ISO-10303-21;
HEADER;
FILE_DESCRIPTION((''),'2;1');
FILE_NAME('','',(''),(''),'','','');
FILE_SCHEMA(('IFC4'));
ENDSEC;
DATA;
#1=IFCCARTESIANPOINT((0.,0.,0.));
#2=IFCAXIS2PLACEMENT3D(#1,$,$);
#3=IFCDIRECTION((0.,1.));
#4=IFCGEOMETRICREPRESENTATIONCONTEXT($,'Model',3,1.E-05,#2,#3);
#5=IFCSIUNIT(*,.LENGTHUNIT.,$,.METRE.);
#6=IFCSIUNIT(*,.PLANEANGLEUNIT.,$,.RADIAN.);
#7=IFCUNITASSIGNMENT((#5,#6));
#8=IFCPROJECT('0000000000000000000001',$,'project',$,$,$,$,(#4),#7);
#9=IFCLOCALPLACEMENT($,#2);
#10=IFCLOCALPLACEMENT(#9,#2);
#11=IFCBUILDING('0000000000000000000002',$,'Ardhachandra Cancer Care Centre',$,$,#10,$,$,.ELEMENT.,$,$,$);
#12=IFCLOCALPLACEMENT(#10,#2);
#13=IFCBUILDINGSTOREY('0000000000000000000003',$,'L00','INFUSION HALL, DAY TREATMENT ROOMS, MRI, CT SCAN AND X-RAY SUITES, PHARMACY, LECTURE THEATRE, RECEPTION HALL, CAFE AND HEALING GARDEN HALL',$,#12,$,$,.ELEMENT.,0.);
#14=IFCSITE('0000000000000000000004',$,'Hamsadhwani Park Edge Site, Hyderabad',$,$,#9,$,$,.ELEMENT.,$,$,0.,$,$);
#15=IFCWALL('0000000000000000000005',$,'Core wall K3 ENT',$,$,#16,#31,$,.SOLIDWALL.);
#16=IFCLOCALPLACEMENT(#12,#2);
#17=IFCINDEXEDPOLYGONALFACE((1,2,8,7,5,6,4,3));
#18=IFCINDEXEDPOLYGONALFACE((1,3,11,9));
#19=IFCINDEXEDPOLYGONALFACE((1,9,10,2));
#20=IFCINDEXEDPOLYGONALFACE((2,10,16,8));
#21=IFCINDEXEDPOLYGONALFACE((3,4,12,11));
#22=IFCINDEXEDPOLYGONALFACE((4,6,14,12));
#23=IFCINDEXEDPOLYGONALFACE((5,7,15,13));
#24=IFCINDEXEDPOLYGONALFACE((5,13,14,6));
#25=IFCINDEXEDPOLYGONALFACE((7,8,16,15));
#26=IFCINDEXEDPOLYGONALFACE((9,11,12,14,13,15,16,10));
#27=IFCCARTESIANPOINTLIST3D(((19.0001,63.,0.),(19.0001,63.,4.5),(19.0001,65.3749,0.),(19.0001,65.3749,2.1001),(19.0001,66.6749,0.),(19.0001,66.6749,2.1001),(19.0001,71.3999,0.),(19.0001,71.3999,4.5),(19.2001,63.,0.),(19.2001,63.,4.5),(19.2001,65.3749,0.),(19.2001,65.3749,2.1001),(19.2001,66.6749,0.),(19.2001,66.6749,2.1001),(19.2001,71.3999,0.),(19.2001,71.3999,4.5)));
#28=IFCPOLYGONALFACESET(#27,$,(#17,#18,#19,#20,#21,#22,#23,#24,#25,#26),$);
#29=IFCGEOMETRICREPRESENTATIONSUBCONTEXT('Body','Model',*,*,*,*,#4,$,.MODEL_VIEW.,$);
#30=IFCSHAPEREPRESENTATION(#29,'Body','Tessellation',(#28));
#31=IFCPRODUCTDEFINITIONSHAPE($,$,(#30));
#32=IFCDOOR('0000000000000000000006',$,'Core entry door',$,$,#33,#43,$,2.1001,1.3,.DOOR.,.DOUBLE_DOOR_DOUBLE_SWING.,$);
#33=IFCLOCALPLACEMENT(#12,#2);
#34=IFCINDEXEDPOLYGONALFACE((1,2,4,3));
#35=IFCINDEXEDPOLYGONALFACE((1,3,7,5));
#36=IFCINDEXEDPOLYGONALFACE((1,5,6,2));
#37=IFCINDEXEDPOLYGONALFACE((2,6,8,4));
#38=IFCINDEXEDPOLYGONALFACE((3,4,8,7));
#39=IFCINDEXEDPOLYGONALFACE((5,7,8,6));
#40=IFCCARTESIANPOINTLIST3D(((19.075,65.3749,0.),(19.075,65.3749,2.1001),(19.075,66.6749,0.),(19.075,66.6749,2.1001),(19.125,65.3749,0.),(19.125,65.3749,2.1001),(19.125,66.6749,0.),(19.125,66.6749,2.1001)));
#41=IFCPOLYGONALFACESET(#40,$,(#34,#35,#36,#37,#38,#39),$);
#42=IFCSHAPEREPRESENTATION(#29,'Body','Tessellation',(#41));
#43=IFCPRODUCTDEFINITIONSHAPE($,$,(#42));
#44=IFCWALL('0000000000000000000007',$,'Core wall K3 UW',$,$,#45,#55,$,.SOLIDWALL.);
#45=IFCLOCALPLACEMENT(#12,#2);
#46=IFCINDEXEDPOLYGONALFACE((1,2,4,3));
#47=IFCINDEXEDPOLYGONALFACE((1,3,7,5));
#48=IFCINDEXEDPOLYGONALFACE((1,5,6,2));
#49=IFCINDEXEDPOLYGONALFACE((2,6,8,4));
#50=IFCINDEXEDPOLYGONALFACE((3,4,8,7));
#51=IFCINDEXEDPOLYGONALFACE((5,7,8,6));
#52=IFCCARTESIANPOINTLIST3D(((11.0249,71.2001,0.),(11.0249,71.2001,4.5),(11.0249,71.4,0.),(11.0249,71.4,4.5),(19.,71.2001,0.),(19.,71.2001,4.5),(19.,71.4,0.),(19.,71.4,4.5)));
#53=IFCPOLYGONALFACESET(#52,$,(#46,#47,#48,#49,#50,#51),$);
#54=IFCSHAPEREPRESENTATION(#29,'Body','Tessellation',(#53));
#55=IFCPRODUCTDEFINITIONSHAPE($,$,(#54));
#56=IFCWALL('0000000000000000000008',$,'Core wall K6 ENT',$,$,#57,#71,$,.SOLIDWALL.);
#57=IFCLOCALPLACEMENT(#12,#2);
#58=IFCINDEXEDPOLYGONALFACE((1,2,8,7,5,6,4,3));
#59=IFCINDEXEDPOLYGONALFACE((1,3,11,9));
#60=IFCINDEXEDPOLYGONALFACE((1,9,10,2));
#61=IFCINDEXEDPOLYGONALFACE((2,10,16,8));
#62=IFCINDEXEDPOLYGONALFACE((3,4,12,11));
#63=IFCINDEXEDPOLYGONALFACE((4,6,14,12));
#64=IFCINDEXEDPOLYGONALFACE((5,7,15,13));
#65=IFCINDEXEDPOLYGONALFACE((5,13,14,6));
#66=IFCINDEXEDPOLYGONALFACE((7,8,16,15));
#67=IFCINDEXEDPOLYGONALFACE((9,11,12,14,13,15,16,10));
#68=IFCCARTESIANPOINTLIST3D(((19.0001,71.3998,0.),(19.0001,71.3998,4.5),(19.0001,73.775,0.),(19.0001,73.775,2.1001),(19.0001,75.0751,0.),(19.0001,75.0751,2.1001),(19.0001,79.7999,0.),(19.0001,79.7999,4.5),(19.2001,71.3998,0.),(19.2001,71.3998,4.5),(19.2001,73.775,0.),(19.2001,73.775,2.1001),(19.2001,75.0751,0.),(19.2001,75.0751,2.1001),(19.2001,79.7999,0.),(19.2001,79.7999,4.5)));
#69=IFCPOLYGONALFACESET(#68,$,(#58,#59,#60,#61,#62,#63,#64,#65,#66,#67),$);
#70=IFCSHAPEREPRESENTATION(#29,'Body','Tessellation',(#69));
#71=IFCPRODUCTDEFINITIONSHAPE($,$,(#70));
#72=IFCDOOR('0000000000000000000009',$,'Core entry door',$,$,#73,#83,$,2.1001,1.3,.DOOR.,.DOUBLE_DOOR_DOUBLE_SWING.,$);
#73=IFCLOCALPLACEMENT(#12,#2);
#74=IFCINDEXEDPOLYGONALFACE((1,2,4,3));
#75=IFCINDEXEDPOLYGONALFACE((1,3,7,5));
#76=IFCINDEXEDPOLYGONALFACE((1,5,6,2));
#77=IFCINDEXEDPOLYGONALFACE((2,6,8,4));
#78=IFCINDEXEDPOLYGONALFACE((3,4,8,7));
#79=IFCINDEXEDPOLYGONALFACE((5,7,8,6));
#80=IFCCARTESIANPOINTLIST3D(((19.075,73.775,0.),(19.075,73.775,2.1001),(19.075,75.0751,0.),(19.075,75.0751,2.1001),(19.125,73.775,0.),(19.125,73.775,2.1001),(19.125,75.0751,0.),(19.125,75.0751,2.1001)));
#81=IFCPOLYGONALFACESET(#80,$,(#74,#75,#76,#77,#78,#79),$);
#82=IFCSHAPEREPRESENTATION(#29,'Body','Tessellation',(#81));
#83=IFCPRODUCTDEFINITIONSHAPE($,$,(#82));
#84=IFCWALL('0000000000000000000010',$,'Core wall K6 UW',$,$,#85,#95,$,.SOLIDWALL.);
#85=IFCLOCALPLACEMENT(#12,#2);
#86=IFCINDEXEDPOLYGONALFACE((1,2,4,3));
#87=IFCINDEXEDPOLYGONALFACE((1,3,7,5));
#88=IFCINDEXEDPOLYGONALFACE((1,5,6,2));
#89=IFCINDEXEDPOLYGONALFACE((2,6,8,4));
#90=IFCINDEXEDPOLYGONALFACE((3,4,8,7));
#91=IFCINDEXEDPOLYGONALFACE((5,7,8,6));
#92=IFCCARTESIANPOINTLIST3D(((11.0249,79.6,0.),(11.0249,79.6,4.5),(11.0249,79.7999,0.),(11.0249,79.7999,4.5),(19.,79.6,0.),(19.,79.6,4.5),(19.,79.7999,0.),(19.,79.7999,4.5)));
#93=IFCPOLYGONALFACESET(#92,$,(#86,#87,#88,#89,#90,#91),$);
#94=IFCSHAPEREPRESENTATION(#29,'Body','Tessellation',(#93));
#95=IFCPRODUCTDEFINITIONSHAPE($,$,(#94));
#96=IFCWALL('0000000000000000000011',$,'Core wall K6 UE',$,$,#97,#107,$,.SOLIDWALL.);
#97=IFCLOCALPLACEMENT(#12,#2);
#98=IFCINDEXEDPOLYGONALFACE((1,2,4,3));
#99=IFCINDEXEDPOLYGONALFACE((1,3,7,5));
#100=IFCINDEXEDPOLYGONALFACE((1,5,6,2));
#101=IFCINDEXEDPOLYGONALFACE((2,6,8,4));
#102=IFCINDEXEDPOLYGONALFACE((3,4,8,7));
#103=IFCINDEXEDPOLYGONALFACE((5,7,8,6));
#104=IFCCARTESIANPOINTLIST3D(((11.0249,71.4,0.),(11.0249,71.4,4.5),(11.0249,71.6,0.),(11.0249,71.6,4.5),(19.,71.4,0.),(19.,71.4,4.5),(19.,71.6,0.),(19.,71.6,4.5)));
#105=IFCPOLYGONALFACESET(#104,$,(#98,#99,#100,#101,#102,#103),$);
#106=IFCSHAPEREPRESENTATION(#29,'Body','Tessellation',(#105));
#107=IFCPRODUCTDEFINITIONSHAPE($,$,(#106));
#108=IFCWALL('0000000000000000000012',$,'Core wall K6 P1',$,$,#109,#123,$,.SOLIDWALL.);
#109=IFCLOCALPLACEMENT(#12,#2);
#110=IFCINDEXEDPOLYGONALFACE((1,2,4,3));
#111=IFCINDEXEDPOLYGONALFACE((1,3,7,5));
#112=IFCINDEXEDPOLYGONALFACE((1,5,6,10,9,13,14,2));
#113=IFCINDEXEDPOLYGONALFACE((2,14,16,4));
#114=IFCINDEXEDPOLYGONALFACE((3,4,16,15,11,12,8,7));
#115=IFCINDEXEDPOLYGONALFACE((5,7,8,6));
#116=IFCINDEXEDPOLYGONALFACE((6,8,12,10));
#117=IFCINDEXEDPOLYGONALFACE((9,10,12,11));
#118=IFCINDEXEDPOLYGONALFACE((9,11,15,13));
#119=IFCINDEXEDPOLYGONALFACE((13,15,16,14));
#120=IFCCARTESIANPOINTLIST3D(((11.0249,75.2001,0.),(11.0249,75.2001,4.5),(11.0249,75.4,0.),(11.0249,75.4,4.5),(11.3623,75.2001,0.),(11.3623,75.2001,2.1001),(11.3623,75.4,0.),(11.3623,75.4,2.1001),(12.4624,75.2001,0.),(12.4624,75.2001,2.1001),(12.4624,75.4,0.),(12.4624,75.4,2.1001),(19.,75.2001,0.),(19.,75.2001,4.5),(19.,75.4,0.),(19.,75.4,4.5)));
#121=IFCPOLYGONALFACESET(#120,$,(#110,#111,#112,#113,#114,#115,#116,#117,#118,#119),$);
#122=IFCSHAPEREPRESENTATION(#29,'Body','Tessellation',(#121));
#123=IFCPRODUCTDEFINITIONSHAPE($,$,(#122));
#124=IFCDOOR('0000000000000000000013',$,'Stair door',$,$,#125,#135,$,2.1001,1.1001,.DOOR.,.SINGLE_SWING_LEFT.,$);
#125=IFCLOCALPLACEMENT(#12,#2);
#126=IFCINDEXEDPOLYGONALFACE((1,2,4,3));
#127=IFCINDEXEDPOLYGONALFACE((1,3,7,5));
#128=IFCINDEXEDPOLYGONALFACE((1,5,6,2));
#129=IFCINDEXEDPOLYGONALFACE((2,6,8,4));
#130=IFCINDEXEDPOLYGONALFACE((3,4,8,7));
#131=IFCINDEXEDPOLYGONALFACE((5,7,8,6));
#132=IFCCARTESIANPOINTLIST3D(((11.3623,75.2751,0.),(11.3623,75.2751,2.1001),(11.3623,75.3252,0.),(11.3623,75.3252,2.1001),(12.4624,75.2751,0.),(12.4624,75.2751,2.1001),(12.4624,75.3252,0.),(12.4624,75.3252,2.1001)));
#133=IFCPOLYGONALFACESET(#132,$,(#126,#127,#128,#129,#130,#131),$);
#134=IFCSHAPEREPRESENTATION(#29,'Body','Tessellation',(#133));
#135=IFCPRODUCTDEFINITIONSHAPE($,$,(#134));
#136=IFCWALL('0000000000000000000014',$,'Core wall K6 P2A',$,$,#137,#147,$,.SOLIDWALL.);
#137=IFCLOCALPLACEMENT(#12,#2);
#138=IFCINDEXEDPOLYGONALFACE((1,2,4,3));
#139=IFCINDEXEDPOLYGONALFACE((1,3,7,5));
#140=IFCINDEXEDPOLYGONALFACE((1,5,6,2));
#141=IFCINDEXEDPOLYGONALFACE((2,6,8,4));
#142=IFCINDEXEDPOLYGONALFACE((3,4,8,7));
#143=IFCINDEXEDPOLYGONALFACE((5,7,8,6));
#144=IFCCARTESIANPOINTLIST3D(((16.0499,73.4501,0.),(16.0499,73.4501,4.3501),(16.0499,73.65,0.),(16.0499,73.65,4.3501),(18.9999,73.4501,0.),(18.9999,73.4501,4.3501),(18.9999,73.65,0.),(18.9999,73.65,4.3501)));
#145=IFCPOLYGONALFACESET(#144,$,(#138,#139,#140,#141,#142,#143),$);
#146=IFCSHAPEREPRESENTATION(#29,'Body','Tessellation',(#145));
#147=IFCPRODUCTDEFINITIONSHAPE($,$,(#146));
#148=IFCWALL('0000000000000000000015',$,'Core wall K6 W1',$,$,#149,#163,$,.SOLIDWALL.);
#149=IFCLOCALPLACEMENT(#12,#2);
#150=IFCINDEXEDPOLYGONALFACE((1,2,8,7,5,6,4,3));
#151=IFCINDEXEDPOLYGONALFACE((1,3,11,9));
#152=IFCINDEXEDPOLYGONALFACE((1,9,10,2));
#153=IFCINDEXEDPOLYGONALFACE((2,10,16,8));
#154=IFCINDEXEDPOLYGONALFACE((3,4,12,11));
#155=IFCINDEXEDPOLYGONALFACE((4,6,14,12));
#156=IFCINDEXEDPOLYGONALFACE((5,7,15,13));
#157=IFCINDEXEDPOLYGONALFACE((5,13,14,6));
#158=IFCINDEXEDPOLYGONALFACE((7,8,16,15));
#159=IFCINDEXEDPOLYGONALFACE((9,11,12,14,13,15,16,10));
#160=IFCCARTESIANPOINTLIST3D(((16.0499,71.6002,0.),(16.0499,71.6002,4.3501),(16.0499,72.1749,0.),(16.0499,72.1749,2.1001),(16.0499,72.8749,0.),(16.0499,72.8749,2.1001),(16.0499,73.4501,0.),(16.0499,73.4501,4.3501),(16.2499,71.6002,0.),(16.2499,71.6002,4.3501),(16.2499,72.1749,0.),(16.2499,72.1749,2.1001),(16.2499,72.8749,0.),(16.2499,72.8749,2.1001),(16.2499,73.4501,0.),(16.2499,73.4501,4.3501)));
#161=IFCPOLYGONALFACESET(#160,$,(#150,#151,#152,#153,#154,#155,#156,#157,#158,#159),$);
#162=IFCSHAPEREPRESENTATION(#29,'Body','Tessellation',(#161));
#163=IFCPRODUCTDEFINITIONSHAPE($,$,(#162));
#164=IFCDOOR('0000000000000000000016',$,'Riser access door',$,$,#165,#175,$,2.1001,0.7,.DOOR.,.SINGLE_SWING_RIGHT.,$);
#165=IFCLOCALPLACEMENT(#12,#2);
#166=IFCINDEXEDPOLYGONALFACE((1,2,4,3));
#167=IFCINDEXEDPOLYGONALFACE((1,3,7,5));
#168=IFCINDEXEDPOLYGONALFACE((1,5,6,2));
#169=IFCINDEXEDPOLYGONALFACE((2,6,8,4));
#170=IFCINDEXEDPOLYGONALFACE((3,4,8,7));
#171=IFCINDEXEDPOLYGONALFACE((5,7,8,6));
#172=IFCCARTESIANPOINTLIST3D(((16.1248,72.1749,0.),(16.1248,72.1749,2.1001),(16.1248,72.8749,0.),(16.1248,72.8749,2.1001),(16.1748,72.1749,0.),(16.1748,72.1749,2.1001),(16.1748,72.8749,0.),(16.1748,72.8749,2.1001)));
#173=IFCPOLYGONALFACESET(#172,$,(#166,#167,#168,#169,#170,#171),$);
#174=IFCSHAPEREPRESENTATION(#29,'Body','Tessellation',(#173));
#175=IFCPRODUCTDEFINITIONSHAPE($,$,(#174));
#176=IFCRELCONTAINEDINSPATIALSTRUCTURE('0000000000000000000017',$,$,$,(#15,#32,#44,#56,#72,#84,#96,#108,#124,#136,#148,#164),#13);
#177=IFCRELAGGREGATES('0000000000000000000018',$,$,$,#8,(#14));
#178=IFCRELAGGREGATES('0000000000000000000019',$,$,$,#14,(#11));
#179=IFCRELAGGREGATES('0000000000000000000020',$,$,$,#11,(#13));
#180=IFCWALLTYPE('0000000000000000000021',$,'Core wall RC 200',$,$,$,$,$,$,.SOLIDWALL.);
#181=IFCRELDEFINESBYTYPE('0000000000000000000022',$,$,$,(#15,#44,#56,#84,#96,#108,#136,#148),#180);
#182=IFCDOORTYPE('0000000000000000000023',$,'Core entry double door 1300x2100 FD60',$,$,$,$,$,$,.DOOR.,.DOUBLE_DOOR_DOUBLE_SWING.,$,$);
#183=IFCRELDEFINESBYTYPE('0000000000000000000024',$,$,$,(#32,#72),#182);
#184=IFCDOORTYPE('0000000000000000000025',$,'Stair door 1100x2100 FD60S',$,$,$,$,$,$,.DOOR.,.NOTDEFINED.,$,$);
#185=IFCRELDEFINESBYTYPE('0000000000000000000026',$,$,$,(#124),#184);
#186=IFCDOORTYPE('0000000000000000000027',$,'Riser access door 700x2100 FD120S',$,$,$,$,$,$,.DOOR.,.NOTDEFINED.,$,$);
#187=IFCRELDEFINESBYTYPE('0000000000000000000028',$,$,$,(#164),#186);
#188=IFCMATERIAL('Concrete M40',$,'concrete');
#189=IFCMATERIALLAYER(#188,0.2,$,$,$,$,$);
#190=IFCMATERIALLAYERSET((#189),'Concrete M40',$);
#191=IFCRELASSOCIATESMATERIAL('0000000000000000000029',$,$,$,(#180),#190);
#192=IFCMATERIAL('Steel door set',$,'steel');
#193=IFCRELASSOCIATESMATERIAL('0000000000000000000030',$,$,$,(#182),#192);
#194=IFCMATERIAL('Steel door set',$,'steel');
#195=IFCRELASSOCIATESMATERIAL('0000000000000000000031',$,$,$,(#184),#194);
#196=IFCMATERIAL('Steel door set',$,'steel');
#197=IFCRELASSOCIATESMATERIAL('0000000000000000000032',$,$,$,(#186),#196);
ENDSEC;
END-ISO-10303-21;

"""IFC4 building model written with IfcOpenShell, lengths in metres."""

from ifc_helpers import new_model, si_unit, direction, frame, frame_2d, origin, place, context, subcontext, project, spatial, rectangle, extrude, material, layer, layer_set, type_object, element, fill, save


model = new_model("IFC4")

# Units and contexts
model_context = context("Model", 3, precision=1e-05, world=origin(), true_north=direction((0.0, 1.0)))
body_context = subcontext(model_context, "Body", "Model", "MODEL_VIEW")
ifc_project = project(units=[si_unit("LENGTHUNIT", "METRE"), si_unit("PLANEANGLEUNIT", "RADIAN")], contexts=[model_context])

# Site, building, storey
site_placement = place(None, origin())
site = spatial("IfcSite", under=ifc_project, at=site_placement, Name="Hamsadhwani Park Edge Site, Hyderabad", CompositionType="ELEMENT", RefElevation=0.0)
building_placement = place(site_placement, origin())
building = spatial("IfcBuilding", under=site, at=building_placement, Name="Ardhachandra Cancer Care Centre", CompositionType="ELEMENT")
storey_placement = place(building_placement, origin())
storey = spatial("IfcBuildingStorey", under=building, at=storey_placement, Name="L00", Description="INFUSION HALL, DAY TREATMENT ROOMS, MRI, CT SCAN AND X-RAY SUITES, PHARMACY, LECTURE THEATRE, RECEPTION HALL, CAFE AND HEALING GARDEN HALL", CompositionType="ELEMENT", Elevation=0.0)

# Wall, opening, door
ifc_material_1 = material(Name="Concrete M40", Category="concrete")
ifc_layer = layer(ifc_material_1, 0.2)
ifc_layer_set = layer_set([ifc_layer], Name="Concrete M40")
wall_type = type_object("IfcWallType", Name="Core wall RC 200", PredefinedType="SOLIDWALL", material=ifc_layer_set)
wall_1_placement = place(storey_placement, frame((19.1001, 71.3999, 0.0), z_axis=(0.0, 0.0, 1.0), x_axis=(0.0, -1.0, 0.0)))
wall_1 = element("IfcWall", 1, at=wall_1_placement, inside=storey, type_object=wall_type, Name="Core wall K3 ENT", PredefinedType="SOLIDWALL", context=body_context, shape_type="SweptSolid", body=[
    extrude(rectangle(XDim=8.3999, YDim=0.2, at=frame_2d((4.2, 0.0))), origin(), (0.0, 0.0, 1.0), 4.5),
])
opening_1_placement = place(wall_1_placement, frame((4.7251, 0.0, 0.0)))
opening_1 = element("IfcOpeningElement", 2, at=opening_1_placement, cuts=wall_1, PredefinedType="OPENING", context=body_context, shape_type="SweptSolid", body=[
    extrude(rectangle(XDim=1.3, YDim=2.1001, at=frame_2d((0.6499, 1.05))), frame((0.0, 0.1099, 0.0), z_axis=(0.0, -1.0, 0.0), x_axis=(1.0, 0.0, 0.0)), (0.0, 0.0, 1.0), 0.22),
])
ifc_material_2 = material(Name="Steel door set", Category="steel")
door_type_1 = type_object("IfcDoorType", Name="Core entry double door 1300x2100 FD60", OperationType="DOUBLE_DOOR_DOUBLE_SWING", PredefinedType="DOOR", material=ifc_material_2)
door_1_placement = place(opening_1_placement, origin())
door_1 = element("IfcDoor", 3, at=door_1_placement, inside=storey, type_object=door_type_1, Name="Core entry door", OperationType="DOUBLE_DOOR_DOUBLE_SWING", OverallHeight=2.1001, OverallWidth=1.3, PredefinedType="DOOR", context=body_context, shape_type="SweptSolid", body=[
    extrude(rectangle(XDim=1.3, YDim=2.1001, at=frame_2d((0.6499, 1.05))), frame((0.0, 0.0249, 0.0), z_axis=(0.0, -1.0, 0.0), x_axis=(1.0, 0.0, 0.0)), (0.0, 0.0, 1.0), 0.05),
])
fill(opening_1, door_1)

# Wall
wall_2_placement = place(storey_placement, frame((19.0, 71.3, 0.0), z_axis=(0.0, 0.0, 1.0), x_axis=(-1.0, 0.0, 0.0)))
element("IfcWall", 4, at=wall_2_placement, inside=storey, type_object=wall_type, Name="Core wall K3 UW", PredefinedType="SOLIDWALL", context=body_context, shape_type="SweptSolid", body=[
    extrude(rectangle(XDim=7.9751, YDim=0.2, at=frame_2d((3.9875, 0.0))), origin(), (0.0, 0.0, 1.0), 4.5),
])

# Wall, opening, door
wall_3_placement = place(storey_placement, frame((19.1001, 79.8, 0.0), z_axis=(0.0, 0.0, 1.0), x_axis=(0.0, -1.0, 0.0)))
wall_3 = element("IfcWall", 5, at=wall_3_placement, inside=storey, type_object=wall_type, Name="Core wall K6 ENT", PredefinedType="SOLIDWALL", context=body_context, shape_type="SweptSolid", body=[
    extrude(rectangle(XDim=8.4001, YDim=0.2, at=frame_2d((4.2002, 0.0))), origin(), (0.0, 0.0, 1.0), 4.5),
])
opening_2_placement = place(wall_3_placement, frame((4.7251, 0.0, 0.0)))
opening_2 = element("IfcOpeningElement", 6, at=opening_2_placement, cuts=wall_3, PredefinedType="OPENING", context=body_context, shape_type="SweptSolid", body=[
    extrude(rectangle(XDim=1.3, YDim=2.1001, at=frame_2d((0.6499, 1.05))), frame((0.0, 0.1099, 0.0), z_axis=(0.0, -1.0, 0.0), x_axis=(1.0, 0.0, 0.0)), (0.0, 0.0, 1.0), 0.22),
])
door_2_placement = place(opening_2_placement, origin())
door_2 = element("IfcDoor", 7, at=door_2_placement, inside=storey, type_object=door_type_1, Name="Core entry door", OperationType="DOUBLE_DOOR_DOUBLE_SWING", OverallHeight=2.1001, OverallWidth=1.3, PredefinedType="DOOR", context=body_context, shape_type="SweptSolid", body=[
    extrude(rectangle(XDim=1.3, YDim=2.1001, at=frame_2d((0.6499, 1.05))), frame((0.0, 0.0249, 0.0), z_axis=(0.0, -1.0, 0.0), x_axis=(1.0, 0.0, 0.0)), (0.0, 0.0, 1.0), 0.05),
])
fill(opening_2, door_2)

# Walls
for number, where, z_axis, x_axis, name in (
    (8, (19.0, 79.7, 0.0), (0.0, 0.0, 1.0), (-1.0, 0.0, 0.0), "Core wall K6 UW"),
    (9, (19.0, 71.5, 0.0), (0.0, 0.0, 1.0), (-1.0, 0.0, 0.0), "Core wall K6 UE"),
):
    element("IfcWall", number, at=place(storey_placement, frame(where, z_axis=z_axis, x_axis=x_axis)), inside=storey, type_object=wall_type, Name=name, PredefinedType="SOLIDWALL", context=body_context, shape_type="SweptSolid", body=[
        extrude(rectangle(XDim=7.9751, YDim=0.2, at=frame_2d((3.9875, 0.0))), origin(), (0.0, 0.0, 1.0), 4.5),
    ])

# Wall, opening, door
wall_4_placement = place(storey_placement, frame((19.0, 75.3, 0.0), z_axis=(0.0, 0.0, 1.0), x_axis=(-1.0, 0.0, 0.0)))
wall_4 = element("IfcWall", 10, at=wall_4_placement, inside=storey, type_object=wall_type, Name="Core wall K6 P1", PredefinedType="SOLIDWALL", context=body_context, shape_type="SweptSolid", body=[
    extrude(rectangle(XDim=7.9751, YDim=0.2, at=frame_2d((3.9875, 0.0))), origin(), (0.0, 0.0, 1.0), 4.5),
])
opening_3_placement = place(wall_4_placement, frame((6.5376, 0.0, 0.0)))
opening_3 = element("IfcOpeningElement", 11, at=opening_3_placement, cuts=wall_4, PredefinedType="OPENING", context=body_context, shape_type="SweptSolid", body=[
    extrude(rectangle(XDim=1.1001, YDim=2.1001, at=frame_2d((0.55, 1.05))), frame((0.0, 0.1099, 0.0), z_axis=(0.0, -1.0, 0.0), x_axis=(1.0, 0.0, 0.0)), (0.0, 0.0, 1.0), 0.22),
])
ifc_material_3 = material(Name="Steel door set", Category="steel")
door_type_2 = type_object("IfcDoorType", Name="Stair door 1100x2100 FD60S", OperationType="NOTDEFINED", PredefinedType="DOOR", material=ifc_material_3)
door_3_placement = place(opening_3_placement, origin())
door_3 = element("IfcDoor", 12, at=door_3_placement, inside=storey, type_object=door_type_2, Name="Stair door", OperationType="SINGLE_SWING_LEFT", OverallHeight=2.1001, OverallWidth=1.1001, PredefinedType="DOOR", context=body_context, shape_type="SweptSolid", body=[
    extrude(rectangle(XDim=1.1001, YDim=2.1001, at=frame_2d((0.55, 1.05))), frame((0.0, 0.0249, 0.0), z_axis=(0.0, -1.0, 0.0), x_axis=(1.0, 0.0, 0.0)), (0.0, 0.0, 1.0), 0.05),
])
fill(opening_3, door_3)

# Wall
wall_5_placement = place(storey_placement, frame((19.0, 73.55, 0.0), z_axis=(0.0, 0.0, 1.0), x_axis=(-1.0, 0.0, 0.0)))
element("IfcWall", 13, at=wall_5_placement, inside=storey, type_object=wall_type, Name="Core wall K6 P2A", PredefinedType="SOLIDWALL", context=body_context, shape_type="SweptSolid", body=[
    extrude(rectangle(XDim=2.95, YDim=0.2, at=frame_2d((1.4751, 0.0))), origin(), (0.0, 0.0, 1.0), 4.3501),
])

# Wall, opening, door
wall_6_placement = place(storey_placement, frame((16.1499, 73.45, 0.0), z_axis=(0.0, 0.0, 1.0), x_axis=(0.0, -1.0, 0.0)))
wall_6 = element("IfcWall", 14, at=wall_6_placement, inside=storey, type_object=wall_type, Name="Core wall K6 W1", PredefinedType="SOLIDWALL", context=body_context, shape_type="SweptSolid", body=[
    extrude(rectangle(XDim=1.8499, YDim=0.2, at=frame_2d((0.9248, 0.0))), origin(), (0.0, 0.0, 1.0), 4.3501),
])
opening_4_placement = place(wall_6_placement, frame((0.575, 0.0, 0.0)))
opening_4 = element("IfcOpeningElement", 15, at=opening_4_placement, cuts=wall_6, PredefinedType="OPENING", context=body_context, shape_type="SweptSolid", body=[
    extrude(rectangle(XDim=0.7, YDim=2.1001, at=frame_2d((0.3501, 1.05))), frame((0.0, 0.1099, 0.0), z_axis=(0.0, -1.0, 0.0), x_axis=(1.0, 0.0, 0.0)), (0.0, 0.0, 1.0), 0.22),
])
ifc_material_4 = material(Name="Steel door set", Category="steel")
door_type_3 = type_object("IfcDoorType", Name="Riser access door 700x2100 FD120S", OperationType="NOTDEFINED", PredefinedType="DOOR", material=ifc_material_4)
door_4_placement = place(opening_4_placement, origin())
door_4 = element("IfcDoor", 16, at=door_4_placement, inside=storey, type_object=door_type_3, Name="Riser access door", OperationType="SINGLE_SWING_RIGHT", OverallHeight=2.1001, OverallWidth=0.7, PredefinedType="DOOR", context=body_context, shape_type="SweptSolid", body=[
    extrude(rectangle(XDim=0.7, YDim=2.1001, at=frame_2d((0.3501, 1.05))), frame((0.0, 0.0249, 0.0), z_axis=(0.0, -1.0, 0.0), x_axis=(1.0, 0.0, 0.0)), (0.0, 0.0, 1.0), 0.05),
])
fill(opening_4, door_4)

save(model, "model.ifc")
